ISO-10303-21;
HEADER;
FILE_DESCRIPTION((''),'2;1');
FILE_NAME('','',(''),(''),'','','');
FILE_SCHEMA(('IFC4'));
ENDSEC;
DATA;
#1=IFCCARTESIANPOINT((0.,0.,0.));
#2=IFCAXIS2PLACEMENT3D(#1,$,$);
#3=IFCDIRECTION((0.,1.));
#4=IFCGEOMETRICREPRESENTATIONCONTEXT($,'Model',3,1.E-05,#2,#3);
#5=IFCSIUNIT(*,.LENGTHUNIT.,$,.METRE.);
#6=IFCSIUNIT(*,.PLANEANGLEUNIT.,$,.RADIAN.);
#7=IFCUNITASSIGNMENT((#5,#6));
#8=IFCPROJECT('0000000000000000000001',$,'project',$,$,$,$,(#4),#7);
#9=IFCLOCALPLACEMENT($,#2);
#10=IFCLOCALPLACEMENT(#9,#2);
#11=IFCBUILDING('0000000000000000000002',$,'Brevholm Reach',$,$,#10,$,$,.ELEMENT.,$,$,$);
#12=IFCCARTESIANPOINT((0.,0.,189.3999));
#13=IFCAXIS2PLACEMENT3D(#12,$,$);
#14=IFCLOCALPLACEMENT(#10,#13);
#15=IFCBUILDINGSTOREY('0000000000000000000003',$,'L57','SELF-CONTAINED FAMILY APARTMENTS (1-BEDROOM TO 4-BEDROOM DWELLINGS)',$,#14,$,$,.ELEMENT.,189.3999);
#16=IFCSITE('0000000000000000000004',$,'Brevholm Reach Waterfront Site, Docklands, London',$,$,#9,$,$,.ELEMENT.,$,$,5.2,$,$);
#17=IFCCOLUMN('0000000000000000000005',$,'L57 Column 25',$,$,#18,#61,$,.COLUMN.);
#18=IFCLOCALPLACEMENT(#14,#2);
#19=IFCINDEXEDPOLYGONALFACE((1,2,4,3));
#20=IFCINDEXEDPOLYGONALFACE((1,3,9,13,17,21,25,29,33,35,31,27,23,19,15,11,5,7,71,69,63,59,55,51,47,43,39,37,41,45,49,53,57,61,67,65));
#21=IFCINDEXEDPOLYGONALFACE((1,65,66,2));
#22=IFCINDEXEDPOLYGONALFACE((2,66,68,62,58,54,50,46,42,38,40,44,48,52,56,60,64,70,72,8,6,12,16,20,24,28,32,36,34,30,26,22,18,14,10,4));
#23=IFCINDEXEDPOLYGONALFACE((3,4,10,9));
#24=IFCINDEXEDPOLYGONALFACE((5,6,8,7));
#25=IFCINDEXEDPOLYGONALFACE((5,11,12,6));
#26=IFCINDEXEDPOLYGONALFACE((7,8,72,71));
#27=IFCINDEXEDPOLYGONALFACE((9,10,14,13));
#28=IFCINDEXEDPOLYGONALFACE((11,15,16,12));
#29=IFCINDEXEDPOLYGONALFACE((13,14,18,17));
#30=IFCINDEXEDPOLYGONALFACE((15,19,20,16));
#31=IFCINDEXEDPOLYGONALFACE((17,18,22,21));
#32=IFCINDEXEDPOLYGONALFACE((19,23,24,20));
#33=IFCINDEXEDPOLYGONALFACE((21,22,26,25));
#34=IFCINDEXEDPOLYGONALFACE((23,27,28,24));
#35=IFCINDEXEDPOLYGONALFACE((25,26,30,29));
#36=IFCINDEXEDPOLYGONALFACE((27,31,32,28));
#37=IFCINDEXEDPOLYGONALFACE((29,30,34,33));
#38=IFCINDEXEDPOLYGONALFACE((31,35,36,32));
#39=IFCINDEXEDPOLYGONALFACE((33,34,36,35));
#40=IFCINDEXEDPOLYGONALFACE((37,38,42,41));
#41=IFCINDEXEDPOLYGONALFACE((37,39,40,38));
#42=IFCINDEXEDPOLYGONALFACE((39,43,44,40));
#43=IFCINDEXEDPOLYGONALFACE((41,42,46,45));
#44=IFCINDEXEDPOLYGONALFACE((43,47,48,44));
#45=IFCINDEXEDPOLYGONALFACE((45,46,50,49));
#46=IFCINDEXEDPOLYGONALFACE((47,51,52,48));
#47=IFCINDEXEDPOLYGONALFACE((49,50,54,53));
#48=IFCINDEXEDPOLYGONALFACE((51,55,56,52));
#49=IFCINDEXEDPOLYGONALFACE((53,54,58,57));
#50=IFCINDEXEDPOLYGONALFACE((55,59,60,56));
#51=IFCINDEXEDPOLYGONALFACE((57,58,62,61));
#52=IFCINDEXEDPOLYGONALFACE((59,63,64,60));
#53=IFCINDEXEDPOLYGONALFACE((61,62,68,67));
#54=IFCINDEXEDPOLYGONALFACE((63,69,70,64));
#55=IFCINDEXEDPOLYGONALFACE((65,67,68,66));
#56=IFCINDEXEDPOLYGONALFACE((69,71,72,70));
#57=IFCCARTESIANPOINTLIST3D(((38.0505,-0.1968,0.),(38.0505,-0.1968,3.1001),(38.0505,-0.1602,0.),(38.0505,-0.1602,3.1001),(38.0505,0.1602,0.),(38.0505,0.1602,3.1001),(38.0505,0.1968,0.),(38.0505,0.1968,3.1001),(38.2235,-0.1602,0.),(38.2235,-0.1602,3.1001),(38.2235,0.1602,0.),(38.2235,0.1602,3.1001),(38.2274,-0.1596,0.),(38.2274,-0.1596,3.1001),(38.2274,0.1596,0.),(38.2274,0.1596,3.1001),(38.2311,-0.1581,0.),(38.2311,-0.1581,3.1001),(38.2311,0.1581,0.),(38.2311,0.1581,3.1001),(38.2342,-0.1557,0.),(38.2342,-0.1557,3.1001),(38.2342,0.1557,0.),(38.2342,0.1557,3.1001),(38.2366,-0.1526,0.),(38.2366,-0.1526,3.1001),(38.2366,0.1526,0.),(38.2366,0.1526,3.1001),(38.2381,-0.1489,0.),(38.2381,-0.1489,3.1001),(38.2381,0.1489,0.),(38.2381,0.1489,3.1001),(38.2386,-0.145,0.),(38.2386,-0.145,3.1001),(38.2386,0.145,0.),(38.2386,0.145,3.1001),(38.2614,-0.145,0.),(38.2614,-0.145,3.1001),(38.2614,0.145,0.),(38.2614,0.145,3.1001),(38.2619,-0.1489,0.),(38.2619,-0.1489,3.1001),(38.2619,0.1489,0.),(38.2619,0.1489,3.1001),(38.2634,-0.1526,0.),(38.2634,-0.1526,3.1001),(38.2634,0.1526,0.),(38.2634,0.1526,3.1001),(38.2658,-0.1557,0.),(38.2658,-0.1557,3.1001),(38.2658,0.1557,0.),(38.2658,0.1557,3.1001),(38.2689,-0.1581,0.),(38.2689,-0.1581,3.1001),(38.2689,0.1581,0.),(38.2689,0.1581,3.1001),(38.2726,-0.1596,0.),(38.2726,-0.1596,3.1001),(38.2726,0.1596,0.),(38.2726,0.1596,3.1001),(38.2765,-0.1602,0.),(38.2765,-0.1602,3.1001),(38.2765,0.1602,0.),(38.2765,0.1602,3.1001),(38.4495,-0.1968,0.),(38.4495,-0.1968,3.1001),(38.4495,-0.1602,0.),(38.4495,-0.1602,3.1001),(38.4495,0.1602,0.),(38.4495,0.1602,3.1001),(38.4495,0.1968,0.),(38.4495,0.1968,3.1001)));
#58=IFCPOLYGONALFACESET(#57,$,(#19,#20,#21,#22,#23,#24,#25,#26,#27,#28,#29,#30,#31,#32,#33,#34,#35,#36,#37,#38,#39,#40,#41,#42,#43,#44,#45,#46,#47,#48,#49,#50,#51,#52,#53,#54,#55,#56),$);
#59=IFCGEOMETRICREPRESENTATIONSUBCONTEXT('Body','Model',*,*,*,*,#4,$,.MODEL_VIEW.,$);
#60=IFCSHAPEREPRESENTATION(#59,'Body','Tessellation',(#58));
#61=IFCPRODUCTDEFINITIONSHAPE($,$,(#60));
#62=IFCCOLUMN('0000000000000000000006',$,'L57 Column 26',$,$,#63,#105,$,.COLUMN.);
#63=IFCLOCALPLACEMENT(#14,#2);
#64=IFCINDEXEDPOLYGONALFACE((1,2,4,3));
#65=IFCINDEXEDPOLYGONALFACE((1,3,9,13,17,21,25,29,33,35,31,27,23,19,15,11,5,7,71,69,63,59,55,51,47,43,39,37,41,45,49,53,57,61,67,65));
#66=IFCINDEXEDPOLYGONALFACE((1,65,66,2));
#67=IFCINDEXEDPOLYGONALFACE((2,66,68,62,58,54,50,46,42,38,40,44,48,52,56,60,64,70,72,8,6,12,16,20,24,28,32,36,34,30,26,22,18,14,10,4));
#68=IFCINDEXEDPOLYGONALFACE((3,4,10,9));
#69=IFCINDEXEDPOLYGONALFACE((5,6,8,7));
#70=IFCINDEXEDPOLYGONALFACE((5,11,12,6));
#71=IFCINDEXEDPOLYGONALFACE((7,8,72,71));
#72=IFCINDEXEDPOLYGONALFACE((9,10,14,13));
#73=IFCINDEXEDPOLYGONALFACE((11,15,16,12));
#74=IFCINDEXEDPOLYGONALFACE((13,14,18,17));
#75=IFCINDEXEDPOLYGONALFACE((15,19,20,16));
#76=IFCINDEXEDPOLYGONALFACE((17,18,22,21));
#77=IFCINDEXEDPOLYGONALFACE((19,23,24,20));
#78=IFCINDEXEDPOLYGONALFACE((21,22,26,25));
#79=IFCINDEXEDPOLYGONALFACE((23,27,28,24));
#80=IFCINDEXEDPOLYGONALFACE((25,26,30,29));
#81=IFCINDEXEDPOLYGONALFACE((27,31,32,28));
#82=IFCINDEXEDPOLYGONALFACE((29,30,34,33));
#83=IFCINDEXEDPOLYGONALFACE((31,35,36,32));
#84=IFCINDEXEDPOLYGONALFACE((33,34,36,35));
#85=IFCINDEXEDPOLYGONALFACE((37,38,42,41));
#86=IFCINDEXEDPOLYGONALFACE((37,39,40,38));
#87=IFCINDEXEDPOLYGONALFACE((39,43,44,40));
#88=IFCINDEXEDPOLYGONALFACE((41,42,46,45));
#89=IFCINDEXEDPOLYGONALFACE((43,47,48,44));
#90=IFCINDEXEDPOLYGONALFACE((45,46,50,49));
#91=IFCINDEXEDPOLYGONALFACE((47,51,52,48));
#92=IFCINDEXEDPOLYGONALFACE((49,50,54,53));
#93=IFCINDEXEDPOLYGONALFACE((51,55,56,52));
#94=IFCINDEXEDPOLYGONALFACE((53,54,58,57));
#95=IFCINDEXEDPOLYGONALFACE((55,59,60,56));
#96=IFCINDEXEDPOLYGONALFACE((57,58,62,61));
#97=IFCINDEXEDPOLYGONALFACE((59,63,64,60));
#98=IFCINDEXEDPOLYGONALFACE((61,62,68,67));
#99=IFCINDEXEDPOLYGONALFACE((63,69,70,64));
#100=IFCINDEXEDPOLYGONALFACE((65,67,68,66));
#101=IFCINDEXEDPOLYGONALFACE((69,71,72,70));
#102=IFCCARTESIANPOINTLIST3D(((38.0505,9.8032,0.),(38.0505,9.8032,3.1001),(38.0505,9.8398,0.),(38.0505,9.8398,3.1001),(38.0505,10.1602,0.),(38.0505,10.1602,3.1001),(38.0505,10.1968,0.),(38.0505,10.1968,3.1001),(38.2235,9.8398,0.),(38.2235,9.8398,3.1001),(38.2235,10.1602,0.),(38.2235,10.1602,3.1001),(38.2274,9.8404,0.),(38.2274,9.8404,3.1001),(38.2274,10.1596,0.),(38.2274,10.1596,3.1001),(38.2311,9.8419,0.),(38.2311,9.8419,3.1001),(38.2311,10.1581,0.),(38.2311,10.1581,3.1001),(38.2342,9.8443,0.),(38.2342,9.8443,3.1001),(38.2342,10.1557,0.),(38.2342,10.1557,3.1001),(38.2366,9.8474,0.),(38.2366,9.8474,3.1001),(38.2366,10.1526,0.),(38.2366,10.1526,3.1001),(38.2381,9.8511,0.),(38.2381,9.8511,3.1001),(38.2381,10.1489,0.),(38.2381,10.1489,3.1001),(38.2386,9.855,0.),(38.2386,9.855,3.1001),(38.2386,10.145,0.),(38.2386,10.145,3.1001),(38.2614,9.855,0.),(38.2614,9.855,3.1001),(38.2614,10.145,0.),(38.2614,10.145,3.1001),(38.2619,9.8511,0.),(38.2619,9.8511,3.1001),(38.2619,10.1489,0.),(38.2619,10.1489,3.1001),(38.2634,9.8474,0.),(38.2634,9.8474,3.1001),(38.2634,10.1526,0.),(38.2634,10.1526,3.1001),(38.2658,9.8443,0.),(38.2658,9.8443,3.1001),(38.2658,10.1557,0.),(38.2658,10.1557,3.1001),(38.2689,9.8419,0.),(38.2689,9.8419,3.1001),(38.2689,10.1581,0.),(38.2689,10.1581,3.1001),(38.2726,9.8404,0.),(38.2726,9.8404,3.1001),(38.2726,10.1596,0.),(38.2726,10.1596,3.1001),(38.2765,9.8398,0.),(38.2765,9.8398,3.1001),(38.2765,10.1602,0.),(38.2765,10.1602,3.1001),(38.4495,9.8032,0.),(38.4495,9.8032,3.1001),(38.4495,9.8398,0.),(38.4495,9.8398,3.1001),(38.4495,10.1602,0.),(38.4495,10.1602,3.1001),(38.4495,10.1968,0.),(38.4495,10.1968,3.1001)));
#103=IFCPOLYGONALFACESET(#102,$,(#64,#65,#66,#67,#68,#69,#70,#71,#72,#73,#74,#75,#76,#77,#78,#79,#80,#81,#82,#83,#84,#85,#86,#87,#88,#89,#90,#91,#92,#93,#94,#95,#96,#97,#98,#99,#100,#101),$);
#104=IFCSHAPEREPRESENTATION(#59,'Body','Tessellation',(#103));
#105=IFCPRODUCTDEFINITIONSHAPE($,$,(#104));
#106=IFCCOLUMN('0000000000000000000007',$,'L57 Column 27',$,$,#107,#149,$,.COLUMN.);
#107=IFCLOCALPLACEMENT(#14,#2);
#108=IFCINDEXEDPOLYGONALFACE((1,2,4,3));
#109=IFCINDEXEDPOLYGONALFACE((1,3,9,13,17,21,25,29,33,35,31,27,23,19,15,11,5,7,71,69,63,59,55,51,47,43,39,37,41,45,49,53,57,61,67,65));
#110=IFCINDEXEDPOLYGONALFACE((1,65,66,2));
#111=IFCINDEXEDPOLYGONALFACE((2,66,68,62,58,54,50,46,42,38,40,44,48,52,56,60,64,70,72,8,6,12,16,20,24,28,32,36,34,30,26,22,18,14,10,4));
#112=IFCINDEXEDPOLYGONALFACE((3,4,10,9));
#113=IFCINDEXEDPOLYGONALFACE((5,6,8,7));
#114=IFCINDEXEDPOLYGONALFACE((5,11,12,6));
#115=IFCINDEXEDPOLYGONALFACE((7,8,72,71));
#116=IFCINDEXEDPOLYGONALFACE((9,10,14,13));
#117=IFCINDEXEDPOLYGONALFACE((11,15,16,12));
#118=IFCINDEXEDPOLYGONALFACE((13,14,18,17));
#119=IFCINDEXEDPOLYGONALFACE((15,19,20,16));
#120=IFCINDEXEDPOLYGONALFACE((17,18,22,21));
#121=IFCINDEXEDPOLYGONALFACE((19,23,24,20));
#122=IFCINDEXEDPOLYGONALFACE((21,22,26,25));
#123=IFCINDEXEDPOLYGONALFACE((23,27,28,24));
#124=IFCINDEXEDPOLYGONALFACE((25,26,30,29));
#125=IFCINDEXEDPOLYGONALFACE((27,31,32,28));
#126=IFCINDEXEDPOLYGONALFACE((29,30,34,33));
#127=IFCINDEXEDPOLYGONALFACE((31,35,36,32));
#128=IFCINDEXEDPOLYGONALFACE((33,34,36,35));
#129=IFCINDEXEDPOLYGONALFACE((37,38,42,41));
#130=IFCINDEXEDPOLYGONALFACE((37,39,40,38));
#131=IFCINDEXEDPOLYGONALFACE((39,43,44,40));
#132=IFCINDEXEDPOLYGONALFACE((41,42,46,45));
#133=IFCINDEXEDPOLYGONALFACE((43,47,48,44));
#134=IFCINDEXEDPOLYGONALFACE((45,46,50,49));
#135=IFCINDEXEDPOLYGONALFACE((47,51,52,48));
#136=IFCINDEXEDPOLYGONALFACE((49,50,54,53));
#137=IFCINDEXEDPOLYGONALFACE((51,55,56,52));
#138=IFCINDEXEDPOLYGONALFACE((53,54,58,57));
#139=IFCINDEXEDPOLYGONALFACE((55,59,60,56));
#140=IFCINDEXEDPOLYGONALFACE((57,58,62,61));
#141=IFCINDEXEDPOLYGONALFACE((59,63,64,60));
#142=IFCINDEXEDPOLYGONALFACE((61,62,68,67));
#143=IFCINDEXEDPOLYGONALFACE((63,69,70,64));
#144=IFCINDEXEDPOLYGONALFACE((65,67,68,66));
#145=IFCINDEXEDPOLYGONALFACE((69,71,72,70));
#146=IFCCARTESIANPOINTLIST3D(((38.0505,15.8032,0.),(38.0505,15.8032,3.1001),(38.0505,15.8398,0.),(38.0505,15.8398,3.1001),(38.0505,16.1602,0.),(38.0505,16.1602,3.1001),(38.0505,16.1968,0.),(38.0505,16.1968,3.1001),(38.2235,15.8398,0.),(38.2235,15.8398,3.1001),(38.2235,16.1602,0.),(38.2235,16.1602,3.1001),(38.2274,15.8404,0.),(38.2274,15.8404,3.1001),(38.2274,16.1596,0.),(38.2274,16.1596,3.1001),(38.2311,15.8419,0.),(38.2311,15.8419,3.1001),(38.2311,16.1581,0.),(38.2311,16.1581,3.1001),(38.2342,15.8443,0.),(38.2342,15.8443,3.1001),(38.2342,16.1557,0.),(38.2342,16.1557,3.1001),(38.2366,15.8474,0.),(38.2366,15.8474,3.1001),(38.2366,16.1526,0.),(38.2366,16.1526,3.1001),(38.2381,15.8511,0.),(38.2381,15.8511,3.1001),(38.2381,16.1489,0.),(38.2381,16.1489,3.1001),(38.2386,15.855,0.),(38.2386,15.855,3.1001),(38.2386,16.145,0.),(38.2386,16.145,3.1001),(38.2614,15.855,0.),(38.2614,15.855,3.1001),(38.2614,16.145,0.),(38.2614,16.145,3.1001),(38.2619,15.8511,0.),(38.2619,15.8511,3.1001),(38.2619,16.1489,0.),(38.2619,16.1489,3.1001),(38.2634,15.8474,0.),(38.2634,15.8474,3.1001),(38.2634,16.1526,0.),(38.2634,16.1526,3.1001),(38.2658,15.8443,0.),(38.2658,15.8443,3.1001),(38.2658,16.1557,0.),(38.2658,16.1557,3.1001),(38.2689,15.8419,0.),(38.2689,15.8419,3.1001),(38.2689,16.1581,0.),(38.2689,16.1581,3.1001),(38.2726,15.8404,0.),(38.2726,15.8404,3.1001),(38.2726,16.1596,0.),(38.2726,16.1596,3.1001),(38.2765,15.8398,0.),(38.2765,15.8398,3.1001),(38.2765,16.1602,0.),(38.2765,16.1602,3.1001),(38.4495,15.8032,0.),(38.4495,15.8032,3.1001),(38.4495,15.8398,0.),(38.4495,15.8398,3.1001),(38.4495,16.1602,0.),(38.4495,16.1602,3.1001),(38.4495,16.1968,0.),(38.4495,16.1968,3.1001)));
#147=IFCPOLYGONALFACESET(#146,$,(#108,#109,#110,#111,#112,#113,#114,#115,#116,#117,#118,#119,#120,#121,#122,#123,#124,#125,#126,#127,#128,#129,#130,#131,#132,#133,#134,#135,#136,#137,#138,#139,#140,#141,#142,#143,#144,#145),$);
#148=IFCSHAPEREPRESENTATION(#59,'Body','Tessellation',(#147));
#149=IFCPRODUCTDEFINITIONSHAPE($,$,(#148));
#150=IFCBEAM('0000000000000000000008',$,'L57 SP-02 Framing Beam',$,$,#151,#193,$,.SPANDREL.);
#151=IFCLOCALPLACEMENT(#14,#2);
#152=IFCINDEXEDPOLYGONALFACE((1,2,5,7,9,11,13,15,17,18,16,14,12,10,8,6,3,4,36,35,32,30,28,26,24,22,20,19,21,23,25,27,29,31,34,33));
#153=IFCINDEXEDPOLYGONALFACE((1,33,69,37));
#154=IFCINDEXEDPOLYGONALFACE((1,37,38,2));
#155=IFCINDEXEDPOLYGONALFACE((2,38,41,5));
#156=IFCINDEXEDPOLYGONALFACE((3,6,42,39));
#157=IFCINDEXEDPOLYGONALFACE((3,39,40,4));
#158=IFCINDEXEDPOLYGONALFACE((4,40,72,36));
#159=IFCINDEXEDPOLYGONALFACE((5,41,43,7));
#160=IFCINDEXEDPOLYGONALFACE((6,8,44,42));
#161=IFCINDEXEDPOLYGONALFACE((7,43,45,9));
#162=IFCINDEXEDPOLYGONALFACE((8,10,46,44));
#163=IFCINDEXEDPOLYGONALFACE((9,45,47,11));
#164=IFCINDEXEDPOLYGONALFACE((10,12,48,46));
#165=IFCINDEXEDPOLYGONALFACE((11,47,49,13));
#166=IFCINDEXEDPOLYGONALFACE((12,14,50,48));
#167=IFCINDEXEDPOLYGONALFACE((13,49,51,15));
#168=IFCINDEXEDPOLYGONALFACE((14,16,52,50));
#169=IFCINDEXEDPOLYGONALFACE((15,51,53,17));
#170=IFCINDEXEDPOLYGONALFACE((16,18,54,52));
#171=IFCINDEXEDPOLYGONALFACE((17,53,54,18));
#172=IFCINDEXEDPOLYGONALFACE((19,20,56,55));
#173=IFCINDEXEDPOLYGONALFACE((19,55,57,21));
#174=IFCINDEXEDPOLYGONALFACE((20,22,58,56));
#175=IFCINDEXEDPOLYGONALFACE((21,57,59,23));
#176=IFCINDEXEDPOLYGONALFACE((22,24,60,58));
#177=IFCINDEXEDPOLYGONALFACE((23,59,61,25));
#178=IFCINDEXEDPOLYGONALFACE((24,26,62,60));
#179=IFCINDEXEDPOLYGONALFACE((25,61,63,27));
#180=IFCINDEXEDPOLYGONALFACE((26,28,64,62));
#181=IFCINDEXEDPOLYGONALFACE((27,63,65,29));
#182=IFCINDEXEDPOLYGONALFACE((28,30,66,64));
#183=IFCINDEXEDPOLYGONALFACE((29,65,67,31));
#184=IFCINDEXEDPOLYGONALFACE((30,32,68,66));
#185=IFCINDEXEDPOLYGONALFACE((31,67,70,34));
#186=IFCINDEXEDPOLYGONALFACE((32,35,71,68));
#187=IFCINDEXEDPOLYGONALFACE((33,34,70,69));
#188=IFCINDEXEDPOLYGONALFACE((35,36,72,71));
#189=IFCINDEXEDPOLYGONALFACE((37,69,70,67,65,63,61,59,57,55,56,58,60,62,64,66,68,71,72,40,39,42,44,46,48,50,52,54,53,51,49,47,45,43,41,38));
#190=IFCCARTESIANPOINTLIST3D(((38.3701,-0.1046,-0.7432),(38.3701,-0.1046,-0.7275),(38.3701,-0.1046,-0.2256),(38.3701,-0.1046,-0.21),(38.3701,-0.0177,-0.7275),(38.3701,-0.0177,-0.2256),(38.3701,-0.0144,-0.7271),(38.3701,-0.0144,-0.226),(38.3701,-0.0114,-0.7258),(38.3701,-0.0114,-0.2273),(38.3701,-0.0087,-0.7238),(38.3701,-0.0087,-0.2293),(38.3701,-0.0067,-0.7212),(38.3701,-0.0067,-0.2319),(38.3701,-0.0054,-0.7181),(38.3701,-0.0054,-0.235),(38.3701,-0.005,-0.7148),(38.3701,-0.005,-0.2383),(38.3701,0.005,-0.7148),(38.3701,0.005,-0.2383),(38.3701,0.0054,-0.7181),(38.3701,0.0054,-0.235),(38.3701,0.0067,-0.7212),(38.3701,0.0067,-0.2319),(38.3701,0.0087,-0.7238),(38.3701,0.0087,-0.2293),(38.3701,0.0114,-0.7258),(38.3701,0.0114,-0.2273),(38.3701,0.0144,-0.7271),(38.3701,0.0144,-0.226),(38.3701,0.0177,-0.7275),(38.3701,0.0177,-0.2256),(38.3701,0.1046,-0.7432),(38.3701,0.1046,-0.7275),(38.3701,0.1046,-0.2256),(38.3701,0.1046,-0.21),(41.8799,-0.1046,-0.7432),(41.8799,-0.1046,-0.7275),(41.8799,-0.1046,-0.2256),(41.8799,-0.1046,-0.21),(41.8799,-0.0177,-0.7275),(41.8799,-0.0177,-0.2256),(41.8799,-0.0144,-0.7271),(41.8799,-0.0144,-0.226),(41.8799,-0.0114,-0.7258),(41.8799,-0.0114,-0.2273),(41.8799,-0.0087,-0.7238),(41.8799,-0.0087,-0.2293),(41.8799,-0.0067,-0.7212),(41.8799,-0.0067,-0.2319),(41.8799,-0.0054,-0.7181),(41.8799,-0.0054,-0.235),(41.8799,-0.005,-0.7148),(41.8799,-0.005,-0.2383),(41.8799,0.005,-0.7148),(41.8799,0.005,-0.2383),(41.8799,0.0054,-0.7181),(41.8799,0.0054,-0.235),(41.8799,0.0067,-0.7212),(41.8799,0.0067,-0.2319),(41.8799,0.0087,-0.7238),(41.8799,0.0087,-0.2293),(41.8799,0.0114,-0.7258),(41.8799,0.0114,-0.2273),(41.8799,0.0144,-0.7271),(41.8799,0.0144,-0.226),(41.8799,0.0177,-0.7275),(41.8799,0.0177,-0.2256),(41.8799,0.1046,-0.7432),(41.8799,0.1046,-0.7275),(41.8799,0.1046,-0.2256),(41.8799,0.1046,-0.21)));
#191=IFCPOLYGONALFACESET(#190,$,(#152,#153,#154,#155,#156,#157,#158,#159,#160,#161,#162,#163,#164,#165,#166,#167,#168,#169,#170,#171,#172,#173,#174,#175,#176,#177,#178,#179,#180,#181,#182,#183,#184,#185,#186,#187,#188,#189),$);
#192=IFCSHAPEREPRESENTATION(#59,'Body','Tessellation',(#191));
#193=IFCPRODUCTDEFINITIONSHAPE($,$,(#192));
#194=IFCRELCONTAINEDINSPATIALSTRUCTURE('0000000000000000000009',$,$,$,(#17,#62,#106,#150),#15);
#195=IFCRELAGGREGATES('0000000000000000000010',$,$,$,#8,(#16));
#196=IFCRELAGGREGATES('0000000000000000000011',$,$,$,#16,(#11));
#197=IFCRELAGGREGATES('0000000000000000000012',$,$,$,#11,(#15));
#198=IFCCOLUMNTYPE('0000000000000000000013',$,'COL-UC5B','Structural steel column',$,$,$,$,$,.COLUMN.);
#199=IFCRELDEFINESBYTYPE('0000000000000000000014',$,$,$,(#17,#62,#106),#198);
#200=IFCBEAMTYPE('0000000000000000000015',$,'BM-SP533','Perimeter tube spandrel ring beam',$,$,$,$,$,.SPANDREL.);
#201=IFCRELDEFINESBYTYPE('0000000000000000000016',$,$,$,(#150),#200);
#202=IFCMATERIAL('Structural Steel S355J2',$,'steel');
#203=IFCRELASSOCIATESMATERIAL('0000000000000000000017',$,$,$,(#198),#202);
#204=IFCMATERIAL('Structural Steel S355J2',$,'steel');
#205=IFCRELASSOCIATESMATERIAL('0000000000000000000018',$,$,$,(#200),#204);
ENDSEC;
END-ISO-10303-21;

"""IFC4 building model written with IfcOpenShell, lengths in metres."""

from ifc_helpers import new_model, si_unit, direction, frame, origin, origin_2d, place, context, subcontext, project, spatial, i_section, extrude, material, material_profile, profile_set, type_object, element, save


model = new_model("IFC4")

# Units and contexts
model_context = context("Model", 3, precision=1e-05, world=origin(), true_north=direction((0.0, 1.0)))
body_context = subcontext(model_context, "Body", "Model", "MODEL_VIEW")
ifc_project = project(units=[si_unit("LENGTHUNIT", "METRE"), si_unit("PLANEANGLEUNIT", "RADIAN")], contexts=[model_context])

# Site, building, storey
site_placement = place(None, origin())
site = spatial("IfcSite", under=ifc_project, at=site_placement, Name="Brevholm Reach Waterfront Site, Docklands, London", CompositionType="ELEMENT", RefElevation=5.2)
building_placement = place(site_placement, origin())
building = spatial("IfcBuilding", under=site, at=building_placement, Name="Brevholm Reach", CompositionType="ELEMENT")
storey_placement = place(building_placement, frame((0.0, 0.0, 189.3999)))
storey = spatial("IfcBuildingStorey", under=building, at=storey_placement, Name="L57", Description="SELF-CONTAINED FAMILY APARTMENTS (1-BEDROOM TO 4-BEDROOM DWELLINGS)", CompositionType="ELEMENT", Elevation=189.3999)

# Columns
ifc_material_1 = material(Name="Structural Steel S355J2", Category="steel")
ifc_material_profile_1 = material_profile(ifc_material_1, i_section(OverallWidth=0.3989, OverallDepth=0.3936, WebThickness=0.0227, FlangeThickness=0.0366, FilletRadius=0.0151, at=origin_2d()), Name="UKC 356x406x287")
ifc_profile_set_1 = profile_set([ifc_material_profile_1], Name="Structural Steel S355J2")
column_type = type_object("IfcColumnType", Name="COL-UC5B", Description="Structural steel column", PredefinedType="COLUMN", material=ifc_profile_set_1)
for number, where, z_axis, x_axis, name in (
    (1, (38.25, 0.0, 0.0), (0.0, 0.0, 1.0), (1.0, 0.0, 0.0), "L57 Column 25"),
    (2, (38.25, 10.0, 0.0), (0.0, 0.0, 1.0), (1.0, 0.0, 0.0), "L57 Column 26"),
    (3, (38.25, 16.0, 0.0), (0.0, 0.0, 1.0), (1.0, 0.0, 0.0), "L57 Column 27"),
):
    element("IfcColumn", number, at=place(storey_placement, frame(where, z_axis=z_axis, x_axis=x_axis)), inside=storey, type_object=column_type, Name=name, PredefinedType="COLUMN", context=body_context, shape_type="SweptSolid", body=[
        extrude(i_section(OverallWidth=0.3989, OverallDepth=0.3936, WebThickness=0.0227, FlangeThickness=0.0366, FilletRadius=0.0151, at=origin_2d()), origin(), (0.0, 0.0, 1.0), 3.1001),
    ])

# Beam
ifc_material_2 = material(Name="Structural Steel S355J2", Category="steel")
ifc_material_profile_2 = material_profile(ifc_material_2, i_section(OverallWidth=0.2092, OverallDepth=0.5332, WebThickness=0.01, FlangeThickness=0.0156, FilletRadius=0.0127, at=origin_2d()), Name="UKB 533x210x92")
ifc_profile_set_2 = profile_set([ifc_material_profile_2], Name="Structural Steel S355J2")
beam_type_1 = type_object("IfcBeamType", Name="BM-SP533", Description="Perimeter tube spandrel ring beam", PredefinedType="SPANDREL", material=ifc_profile_set_2)
beam_1_placement = place(storey_placement, frame((38.3701, 0.0, -0.4766), z_axis=(1.0, 0.0, 0.0), x_axis=(0.0, 1.0, 0.0)))
element("IfcBeam", 4, at=beam_1_placement, inside=storey, type_object=beam_type_1, Name="L57 SP-02 Framing Beam", PredefinedType="SPANDREL", context=body_context, shape_type="SweptSolid", body=[
    extrude(i_section(OverallWidth=0.2092, OverallDepth=0.5332, WebThickness=0.01, FlangeThickness=0.0156, FilletRadius=0.0127, at=origin_2d()), origin(), (0.0, 0.0, 1.0), 3.5098),
])

save(model, "model.ifc")
